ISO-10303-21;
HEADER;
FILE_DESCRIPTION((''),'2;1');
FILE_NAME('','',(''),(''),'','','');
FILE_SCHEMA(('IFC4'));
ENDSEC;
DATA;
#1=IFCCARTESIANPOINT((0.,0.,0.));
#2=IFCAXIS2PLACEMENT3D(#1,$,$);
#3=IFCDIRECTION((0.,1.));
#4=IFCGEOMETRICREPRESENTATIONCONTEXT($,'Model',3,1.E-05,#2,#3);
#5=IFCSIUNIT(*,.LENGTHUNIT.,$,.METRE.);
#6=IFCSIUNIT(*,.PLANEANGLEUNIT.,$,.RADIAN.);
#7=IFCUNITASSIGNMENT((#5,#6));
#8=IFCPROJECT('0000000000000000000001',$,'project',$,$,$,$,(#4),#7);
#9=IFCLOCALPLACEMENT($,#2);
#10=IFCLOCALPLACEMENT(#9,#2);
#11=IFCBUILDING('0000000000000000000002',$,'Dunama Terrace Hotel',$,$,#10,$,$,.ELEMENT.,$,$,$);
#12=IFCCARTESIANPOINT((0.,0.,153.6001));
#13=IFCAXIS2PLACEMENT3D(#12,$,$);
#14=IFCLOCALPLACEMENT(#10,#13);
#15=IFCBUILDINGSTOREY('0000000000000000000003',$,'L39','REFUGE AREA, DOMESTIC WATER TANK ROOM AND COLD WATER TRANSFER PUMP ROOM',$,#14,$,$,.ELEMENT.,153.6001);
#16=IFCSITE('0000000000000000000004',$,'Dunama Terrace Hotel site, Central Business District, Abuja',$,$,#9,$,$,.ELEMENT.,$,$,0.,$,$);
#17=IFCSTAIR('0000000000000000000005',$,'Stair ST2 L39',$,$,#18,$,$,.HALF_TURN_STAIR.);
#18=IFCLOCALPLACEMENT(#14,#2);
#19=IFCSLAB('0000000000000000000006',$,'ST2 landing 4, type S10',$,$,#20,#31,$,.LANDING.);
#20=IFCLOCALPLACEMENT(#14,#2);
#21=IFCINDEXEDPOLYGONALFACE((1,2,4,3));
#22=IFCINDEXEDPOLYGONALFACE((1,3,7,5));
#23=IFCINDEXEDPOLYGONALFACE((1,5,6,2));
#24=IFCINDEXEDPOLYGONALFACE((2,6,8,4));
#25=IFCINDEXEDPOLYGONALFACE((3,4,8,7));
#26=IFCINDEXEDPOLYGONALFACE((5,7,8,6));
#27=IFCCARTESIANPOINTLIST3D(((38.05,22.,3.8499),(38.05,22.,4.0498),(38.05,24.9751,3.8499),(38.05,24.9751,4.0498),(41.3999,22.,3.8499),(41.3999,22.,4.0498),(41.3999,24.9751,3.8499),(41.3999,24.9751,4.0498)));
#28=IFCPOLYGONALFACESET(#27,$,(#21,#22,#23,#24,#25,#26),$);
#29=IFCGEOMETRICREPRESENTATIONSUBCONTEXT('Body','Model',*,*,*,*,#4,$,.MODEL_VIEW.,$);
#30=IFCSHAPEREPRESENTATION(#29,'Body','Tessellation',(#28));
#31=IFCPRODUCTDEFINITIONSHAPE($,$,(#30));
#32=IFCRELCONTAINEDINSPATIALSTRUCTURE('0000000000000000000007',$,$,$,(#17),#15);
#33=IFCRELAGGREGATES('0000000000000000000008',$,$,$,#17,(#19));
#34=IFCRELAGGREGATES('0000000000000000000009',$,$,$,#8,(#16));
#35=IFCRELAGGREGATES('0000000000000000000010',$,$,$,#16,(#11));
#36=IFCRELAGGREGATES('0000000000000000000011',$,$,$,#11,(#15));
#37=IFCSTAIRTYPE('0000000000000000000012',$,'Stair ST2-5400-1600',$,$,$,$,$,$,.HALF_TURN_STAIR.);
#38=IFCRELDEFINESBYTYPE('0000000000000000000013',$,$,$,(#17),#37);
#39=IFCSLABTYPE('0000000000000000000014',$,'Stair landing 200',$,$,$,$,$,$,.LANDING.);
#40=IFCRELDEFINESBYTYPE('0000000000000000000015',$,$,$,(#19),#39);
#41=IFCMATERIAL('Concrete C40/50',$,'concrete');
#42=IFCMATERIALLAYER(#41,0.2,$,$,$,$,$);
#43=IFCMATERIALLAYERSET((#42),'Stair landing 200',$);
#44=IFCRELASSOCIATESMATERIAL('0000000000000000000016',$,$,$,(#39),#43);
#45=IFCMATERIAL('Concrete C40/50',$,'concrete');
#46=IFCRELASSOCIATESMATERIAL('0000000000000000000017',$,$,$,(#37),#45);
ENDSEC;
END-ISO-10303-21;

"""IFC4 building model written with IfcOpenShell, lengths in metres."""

from ifc_helpers import new_model, si_unit, direction, frame, origin, place, context, subcontext, project, spatial, polyline, outline, extrude, material, layer, layer_set, type_object, element, aggregate, save


model = new_model("IFC4")

# Units and contexts
model_context = context("Model", 3, precision=1e-05, world=origin(), true_north=direction((0.0, 1.0)))
body_context = subcontext(model_context, "Body", "Model", "MODEL_VIEW")
ifc_project = project(units=[si_unit("LENGTHUNIT", "METRE"), si_unit("PLANEANGLEUNIT", "RADIAN")], contexts=[model_context])

# Site, building, storey
site_placement = place(None, origin())
site = spatial("IfcSite", under=ifc_project, at=site_placement, Name="Dunama Terrace Hotel site, Central Business District, Abuja", CompositionType="ELEMENT", RefElevation=0.0)
building_placement = place(site_placement, origin())
building = spatial("IfcBuilding", under=site, at=building_placement, Name="Dunama Terrace Hotel", CompositionType="ELEMENT")
storey_placement = place(building_placement, frame((0.0, 0.0, 153.6001)))
storey = spatial("IfcBuildingStorey", under=building, at=storey_placement, Name="L39", Description="REFUGE AREA, DOMESTIC WATER TANK ROOM AND COLD WATER TRANSFER PUMP ROOM", CompositionType="ELEMENT", Elevation=153.6001)

# Stair, slab
ifc_material_1 = material(Name="Concrete C40/50", Category="concrete")
ifc_layer_1 = layer(ifc_material_1, 0.2)
ifc_layer_set_1 = layer_set([ifc_layer_1], Name="Stair landing 200")
slab_type_1 = type_object("IfcSlabType", Name="Stair landing 200", PredefinedType="LANDING", material=ifc_layer_set_1)
ifc_material_2 = material(Name="Concrete C40/50", Category="concrete")
stair_type_1 = type_object("IfcStairType", Name="Stair ST2-5400-1600", PredefinedType="HALF_TURN_STAIR", material=ifc_material_2)
stair_1_placement = place(storey_placement, origin())
stair_1 = element("IfcStair", 1, at=stair_1_placement, inside=storey, type_object=stair_type_1, Name="Stair ST2 L39", PredefinedType="HALF_TURN_STAIR")
slab_1_placement = place(storey_placement, frame((0.0, 0.0, 3.8499)))
slab_1 = element("IfcSlab", 2, at=slab_1_placement, type_object=slab_type_1, Name="ST2 landing 4, type S10", PredefinedType="LANDING", context=body_context, shape_type="SweptSolid", body=[
    extrude(outline(polyline([(38.05, 22.0), (41.3999, 22.0), (41.3999, 24.9751), (38.05, 24.9751), (38.05, 22.0)])), origin(), (0.0, 0.0, 1.0), 0.2),
])
aggregate(stair_1, [slab_1])

save(model, "model.ifc")
